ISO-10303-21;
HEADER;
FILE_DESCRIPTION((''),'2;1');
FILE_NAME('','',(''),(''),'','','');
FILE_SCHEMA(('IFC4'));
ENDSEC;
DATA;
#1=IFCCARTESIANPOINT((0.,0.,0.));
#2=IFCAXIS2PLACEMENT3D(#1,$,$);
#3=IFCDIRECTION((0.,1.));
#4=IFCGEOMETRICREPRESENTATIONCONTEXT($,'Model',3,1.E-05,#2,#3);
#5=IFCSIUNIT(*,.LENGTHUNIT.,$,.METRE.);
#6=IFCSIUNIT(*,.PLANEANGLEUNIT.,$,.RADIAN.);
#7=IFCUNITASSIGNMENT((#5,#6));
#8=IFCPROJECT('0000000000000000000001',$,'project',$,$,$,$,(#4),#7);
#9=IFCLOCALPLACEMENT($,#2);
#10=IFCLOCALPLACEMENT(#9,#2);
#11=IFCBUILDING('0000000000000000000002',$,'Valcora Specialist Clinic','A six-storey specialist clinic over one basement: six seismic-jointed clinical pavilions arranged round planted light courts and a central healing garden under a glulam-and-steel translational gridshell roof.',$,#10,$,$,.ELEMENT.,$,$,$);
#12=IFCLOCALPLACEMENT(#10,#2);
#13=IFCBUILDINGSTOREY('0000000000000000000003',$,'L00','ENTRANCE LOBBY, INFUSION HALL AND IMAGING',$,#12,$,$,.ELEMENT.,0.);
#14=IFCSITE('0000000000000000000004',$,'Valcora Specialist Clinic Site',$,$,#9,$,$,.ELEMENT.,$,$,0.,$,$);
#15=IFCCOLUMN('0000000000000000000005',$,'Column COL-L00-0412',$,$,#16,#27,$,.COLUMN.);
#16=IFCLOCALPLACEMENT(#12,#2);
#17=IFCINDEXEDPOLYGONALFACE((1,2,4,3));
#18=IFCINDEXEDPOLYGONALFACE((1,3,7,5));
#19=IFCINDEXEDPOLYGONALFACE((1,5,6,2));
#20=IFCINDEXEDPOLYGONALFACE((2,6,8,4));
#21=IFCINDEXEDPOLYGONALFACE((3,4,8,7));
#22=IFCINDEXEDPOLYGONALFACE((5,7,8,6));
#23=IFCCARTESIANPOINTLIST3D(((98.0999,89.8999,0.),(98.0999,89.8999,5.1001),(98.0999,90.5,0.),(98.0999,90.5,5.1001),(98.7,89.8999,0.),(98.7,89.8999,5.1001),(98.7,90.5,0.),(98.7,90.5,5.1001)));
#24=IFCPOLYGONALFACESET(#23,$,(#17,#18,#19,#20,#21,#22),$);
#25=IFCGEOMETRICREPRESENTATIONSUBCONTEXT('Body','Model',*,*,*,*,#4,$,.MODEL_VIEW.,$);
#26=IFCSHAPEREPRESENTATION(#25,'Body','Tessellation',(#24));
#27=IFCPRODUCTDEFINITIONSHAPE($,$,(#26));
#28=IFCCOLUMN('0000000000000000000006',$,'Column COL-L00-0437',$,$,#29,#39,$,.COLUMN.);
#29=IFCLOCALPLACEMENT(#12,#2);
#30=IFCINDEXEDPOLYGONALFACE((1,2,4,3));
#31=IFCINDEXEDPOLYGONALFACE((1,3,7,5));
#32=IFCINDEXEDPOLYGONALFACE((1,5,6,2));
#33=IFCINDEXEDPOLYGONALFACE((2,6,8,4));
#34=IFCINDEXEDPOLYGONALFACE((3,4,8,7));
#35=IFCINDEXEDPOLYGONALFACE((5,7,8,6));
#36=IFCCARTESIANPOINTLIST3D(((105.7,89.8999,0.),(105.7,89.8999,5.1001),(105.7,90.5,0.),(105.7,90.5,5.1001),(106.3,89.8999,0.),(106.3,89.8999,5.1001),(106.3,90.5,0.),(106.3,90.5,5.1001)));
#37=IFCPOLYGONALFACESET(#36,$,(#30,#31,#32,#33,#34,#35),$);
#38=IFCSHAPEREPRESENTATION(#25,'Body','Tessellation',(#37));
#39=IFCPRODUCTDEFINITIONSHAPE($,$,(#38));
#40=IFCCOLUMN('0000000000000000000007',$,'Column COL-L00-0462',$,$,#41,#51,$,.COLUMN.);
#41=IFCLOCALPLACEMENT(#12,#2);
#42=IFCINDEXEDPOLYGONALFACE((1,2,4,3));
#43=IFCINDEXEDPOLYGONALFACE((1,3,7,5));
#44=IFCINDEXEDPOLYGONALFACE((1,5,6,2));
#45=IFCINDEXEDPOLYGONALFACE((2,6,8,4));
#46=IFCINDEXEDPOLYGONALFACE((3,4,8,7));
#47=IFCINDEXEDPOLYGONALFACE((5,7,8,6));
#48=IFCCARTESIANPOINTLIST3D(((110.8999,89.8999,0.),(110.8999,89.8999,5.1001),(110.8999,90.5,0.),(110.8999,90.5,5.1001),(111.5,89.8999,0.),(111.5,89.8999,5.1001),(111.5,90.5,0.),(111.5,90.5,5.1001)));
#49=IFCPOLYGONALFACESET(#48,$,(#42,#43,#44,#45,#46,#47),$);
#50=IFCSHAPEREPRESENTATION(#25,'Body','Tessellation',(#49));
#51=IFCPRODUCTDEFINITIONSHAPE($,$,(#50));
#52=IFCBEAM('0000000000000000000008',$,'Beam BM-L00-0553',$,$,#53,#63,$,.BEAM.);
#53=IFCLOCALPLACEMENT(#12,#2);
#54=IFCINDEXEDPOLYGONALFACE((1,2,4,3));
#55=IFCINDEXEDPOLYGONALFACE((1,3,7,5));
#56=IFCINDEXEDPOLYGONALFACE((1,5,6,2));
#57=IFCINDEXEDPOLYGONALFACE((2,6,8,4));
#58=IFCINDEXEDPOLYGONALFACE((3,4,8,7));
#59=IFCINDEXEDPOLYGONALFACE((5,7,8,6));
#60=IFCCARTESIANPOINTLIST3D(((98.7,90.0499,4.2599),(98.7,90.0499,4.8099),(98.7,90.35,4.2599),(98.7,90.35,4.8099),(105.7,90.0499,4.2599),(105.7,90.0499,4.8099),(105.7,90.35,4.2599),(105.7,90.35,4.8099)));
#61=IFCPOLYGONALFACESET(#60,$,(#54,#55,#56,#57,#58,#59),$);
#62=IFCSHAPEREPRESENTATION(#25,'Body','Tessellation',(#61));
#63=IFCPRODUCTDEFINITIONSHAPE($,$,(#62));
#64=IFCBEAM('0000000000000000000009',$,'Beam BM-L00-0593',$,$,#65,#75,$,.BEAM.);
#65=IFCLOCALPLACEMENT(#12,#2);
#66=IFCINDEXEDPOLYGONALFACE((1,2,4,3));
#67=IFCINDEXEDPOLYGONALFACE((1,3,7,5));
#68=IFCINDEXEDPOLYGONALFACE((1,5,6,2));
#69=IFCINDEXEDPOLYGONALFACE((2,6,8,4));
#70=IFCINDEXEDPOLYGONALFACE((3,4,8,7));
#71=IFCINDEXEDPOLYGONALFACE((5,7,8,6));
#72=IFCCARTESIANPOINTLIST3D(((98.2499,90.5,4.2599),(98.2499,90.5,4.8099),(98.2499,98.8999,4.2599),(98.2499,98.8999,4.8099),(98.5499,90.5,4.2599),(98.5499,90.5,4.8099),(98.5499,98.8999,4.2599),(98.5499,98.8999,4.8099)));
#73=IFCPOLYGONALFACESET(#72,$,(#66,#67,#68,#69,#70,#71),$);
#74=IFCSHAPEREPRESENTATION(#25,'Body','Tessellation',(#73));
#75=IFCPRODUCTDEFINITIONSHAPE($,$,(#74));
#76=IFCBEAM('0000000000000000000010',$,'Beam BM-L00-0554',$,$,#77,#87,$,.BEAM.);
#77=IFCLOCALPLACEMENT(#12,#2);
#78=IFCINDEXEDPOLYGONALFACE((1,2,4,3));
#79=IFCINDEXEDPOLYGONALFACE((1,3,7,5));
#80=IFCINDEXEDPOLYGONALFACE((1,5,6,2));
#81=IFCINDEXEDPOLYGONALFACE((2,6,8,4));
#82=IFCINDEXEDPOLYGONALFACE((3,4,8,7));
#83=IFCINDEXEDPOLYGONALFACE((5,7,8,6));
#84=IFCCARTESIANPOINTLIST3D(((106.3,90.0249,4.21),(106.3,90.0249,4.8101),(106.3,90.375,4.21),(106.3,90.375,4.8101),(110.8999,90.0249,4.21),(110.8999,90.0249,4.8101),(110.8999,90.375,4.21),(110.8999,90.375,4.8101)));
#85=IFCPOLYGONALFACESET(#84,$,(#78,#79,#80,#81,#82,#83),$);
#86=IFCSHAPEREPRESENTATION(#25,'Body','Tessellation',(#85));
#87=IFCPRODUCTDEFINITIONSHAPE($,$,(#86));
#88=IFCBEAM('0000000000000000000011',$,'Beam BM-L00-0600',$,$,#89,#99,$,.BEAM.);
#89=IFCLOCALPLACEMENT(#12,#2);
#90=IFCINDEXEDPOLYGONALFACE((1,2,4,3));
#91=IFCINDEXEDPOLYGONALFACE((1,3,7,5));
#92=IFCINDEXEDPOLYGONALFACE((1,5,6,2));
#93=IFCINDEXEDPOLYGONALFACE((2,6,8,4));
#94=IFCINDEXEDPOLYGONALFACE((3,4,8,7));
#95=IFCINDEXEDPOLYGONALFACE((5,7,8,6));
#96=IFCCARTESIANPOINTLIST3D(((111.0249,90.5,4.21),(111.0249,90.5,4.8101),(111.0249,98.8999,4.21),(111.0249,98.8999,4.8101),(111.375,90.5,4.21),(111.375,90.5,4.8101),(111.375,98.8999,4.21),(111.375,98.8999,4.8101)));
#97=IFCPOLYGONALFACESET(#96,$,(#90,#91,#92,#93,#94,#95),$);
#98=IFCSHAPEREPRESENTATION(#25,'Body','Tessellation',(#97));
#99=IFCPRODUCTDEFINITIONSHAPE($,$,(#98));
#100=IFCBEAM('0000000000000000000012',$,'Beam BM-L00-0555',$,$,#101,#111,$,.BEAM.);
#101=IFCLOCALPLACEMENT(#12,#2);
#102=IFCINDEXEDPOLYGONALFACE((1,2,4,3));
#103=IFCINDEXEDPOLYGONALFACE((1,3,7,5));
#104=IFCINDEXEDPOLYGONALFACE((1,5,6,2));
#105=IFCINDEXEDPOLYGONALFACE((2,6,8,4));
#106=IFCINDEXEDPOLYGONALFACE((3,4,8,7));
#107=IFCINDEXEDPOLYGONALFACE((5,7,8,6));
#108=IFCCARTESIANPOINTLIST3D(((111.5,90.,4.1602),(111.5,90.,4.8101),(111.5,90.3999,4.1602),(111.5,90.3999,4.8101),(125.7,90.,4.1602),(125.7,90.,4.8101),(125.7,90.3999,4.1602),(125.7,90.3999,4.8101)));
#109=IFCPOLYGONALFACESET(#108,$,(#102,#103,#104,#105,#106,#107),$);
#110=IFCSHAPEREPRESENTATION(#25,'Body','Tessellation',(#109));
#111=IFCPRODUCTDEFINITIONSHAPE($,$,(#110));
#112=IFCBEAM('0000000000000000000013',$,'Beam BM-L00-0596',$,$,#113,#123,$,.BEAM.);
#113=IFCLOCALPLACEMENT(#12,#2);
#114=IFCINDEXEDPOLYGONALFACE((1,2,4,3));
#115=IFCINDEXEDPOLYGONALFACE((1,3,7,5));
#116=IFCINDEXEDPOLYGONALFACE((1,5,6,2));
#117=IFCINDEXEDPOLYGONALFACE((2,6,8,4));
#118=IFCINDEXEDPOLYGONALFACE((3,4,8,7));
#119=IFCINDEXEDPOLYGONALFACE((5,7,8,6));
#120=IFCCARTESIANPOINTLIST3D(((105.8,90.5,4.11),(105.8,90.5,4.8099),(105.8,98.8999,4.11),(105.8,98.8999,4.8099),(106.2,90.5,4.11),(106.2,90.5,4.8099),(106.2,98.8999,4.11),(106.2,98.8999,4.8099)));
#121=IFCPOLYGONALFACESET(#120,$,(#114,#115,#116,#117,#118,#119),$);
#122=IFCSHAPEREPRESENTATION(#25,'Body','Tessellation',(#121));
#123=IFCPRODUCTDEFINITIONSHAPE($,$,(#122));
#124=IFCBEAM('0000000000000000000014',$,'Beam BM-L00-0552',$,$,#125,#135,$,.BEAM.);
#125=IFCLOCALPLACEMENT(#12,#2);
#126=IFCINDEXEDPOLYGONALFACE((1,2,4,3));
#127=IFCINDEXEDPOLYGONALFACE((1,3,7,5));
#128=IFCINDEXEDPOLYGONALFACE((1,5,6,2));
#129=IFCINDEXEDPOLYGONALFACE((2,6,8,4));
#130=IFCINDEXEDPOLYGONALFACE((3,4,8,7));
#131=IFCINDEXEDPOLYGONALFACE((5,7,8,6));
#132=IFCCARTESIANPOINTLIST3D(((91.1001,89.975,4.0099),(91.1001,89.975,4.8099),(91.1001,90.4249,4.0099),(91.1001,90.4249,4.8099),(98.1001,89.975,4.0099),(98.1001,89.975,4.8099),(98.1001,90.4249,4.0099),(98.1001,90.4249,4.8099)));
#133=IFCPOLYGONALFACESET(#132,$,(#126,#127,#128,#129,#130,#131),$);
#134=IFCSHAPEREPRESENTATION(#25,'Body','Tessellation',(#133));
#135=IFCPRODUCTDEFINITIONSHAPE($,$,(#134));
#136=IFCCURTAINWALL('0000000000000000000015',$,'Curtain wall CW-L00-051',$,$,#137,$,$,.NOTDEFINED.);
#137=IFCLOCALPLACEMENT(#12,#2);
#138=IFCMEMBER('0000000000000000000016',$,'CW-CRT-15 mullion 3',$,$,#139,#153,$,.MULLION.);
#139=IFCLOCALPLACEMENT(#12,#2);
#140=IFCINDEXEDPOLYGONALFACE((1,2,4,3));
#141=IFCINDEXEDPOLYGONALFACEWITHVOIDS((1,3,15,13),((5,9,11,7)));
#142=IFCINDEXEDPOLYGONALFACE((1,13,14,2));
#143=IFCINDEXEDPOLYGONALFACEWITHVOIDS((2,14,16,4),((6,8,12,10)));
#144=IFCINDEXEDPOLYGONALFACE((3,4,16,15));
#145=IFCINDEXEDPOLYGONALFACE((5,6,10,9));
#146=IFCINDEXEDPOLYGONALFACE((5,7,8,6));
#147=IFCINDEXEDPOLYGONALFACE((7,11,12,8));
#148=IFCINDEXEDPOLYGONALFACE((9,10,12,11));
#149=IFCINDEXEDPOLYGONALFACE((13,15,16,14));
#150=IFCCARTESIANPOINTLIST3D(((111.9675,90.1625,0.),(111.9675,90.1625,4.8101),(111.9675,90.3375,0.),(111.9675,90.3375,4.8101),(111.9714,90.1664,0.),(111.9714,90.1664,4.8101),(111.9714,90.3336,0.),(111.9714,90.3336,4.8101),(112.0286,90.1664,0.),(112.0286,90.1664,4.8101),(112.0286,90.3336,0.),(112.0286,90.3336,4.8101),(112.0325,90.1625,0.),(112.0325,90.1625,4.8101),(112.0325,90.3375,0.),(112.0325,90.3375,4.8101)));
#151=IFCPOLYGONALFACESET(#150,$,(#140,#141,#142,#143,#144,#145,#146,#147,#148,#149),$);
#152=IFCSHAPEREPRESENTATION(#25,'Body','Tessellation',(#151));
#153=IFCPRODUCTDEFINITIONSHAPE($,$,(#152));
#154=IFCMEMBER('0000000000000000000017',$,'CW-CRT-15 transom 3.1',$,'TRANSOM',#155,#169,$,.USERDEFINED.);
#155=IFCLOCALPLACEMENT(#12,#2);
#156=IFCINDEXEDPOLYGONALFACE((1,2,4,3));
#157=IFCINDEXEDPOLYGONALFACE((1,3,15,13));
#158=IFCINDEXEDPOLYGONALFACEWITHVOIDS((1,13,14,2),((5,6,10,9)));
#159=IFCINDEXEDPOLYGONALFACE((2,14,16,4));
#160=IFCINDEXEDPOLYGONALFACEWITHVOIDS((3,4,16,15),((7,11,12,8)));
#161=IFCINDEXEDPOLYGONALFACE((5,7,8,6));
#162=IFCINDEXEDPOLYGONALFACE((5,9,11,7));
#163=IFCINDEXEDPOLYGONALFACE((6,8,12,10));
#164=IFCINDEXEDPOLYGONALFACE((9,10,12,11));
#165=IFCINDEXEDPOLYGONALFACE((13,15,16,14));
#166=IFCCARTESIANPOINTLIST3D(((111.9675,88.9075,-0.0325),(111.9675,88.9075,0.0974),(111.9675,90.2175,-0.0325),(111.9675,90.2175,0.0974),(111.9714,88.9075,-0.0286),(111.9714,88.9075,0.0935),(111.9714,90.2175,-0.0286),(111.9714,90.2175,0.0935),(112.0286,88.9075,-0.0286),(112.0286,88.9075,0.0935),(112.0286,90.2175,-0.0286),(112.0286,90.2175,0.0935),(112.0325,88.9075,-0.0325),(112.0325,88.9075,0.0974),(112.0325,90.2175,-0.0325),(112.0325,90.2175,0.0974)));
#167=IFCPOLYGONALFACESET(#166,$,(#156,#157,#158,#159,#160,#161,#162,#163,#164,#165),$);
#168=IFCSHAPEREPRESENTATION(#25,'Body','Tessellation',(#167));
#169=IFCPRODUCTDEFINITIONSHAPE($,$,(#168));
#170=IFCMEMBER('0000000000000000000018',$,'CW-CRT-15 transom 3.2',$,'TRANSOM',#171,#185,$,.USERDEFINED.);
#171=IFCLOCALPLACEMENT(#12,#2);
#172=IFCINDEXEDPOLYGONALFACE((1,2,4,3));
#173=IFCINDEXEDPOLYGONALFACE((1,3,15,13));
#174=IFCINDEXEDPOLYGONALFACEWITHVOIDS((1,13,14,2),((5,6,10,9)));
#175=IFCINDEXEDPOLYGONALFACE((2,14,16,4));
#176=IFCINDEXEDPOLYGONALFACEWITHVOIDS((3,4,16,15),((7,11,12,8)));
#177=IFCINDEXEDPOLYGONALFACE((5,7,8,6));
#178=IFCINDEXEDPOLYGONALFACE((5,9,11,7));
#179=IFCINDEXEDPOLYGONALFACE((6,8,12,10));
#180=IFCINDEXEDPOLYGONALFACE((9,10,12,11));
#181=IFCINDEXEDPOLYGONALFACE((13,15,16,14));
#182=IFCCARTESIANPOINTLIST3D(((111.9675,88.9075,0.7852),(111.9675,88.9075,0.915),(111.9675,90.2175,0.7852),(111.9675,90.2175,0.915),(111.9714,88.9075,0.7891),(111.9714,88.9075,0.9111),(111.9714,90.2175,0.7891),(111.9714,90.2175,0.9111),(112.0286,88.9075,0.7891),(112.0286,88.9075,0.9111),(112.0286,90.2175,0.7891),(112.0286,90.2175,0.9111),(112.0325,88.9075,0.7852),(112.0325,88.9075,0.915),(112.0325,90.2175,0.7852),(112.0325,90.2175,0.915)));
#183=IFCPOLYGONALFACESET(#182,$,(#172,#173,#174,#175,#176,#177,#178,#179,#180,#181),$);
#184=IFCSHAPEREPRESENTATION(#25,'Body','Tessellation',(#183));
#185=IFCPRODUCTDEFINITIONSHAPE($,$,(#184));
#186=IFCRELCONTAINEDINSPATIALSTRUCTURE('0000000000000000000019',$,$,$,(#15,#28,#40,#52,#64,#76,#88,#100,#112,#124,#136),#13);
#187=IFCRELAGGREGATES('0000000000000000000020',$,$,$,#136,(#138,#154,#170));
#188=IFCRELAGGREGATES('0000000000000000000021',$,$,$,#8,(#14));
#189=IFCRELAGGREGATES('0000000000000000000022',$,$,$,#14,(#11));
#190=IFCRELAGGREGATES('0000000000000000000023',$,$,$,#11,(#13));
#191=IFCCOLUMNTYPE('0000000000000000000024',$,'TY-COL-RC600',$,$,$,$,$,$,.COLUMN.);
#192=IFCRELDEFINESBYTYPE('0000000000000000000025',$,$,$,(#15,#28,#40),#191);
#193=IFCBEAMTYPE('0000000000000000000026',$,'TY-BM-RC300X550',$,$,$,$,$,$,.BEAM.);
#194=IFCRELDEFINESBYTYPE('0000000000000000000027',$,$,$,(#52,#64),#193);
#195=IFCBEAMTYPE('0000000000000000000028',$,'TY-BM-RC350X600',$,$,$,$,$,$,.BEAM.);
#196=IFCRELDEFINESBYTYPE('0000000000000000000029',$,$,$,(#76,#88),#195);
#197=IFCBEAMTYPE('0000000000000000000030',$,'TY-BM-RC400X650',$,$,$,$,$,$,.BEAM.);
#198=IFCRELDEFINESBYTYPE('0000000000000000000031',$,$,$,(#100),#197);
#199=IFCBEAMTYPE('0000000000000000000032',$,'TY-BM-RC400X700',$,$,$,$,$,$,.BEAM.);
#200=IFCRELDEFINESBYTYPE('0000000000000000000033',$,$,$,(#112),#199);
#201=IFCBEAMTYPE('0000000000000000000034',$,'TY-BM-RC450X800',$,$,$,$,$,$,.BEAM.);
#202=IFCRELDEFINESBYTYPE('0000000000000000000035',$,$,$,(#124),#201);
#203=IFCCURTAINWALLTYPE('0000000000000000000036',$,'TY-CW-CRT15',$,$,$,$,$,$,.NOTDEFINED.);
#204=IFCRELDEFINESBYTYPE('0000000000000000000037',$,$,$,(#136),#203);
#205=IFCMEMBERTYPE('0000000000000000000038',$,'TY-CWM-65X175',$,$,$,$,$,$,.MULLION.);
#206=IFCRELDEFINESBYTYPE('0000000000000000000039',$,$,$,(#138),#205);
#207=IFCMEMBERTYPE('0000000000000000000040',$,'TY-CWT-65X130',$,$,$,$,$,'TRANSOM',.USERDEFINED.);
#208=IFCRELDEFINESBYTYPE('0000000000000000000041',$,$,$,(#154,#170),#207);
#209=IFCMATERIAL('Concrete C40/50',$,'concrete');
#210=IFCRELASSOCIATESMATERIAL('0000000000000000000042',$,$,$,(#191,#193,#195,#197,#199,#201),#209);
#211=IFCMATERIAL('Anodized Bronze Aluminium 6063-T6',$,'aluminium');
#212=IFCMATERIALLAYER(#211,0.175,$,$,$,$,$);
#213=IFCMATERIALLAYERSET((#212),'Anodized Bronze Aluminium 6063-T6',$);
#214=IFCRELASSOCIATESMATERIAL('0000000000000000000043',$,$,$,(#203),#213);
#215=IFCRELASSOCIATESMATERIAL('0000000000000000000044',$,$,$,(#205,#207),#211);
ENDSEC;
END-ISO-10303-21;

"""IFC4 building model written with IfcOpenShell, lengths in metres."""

from ifc_helpers import new_model, si_unit, direction, frame, origin, origin_2d, place, context, subcontext, project, spatial, rectangle, hollow_rectangle, extrude, material, layer, layer_set, material_profile, profile_set, type_object, element, aggregate, save


model = new_model("IFC4")

# Units and contexts
model_context = context("Model", 3, precision=1e-05, world=origin(), true_north=direction((0.0, 1.0)))
body_context = subcontext(model_context, "Body", "Model", "MODEL_VIEW")
ifc_project = project(units=[si_unit("LENGTHUNIT", "METRE"), si_unit("PLANEANGLEUNIT", "RADIAN")], contexts=[model_context])

# Site, building, storey
site_placement = place(None, origin())
site = spatial("IfcSite", under=ifc_project, at=site_placement, Name="Valcora Specialist Clinic Site", CompositionType="ELEMENT", RefElevation=0.0)
building_placement = place(site_placement, origin())
building = spatial("IfcBuilding", under=site, at=building_placement, Name="Valcora Specialist Clinic", Description="A six-storey specialist clinic over one basement: six seismic-jointed clinical pavilions arranged round planted light courts and a central healing garden under a glulam-and-steel translational gridshell roof.", CompositionType="ELEMENT")
storey_placement = place(building_placement, origin())
storey = spatial("IfcBuildingStorey", under=building, at=storey_placement, Name="L00", Description="ENTRANCE LOBBY, INFUSION HALL AND IMAGING", CompositionType="ELEMENT", Elevation=0.0)

# Columns
ifc_material_1 = material(Name="Concrete C40/50", Category="concrete")
ifc_material_profile_1 = material_profile(ifc_material_1, rectangle(XDim=0.6001, YDim=0.6001, at=origin_2d()), Name="RC-COL-600X600")
ifc_profile_set_1 = profile_set([ifc_material_profile_1], Name="Concrete C40/50")
column_type = type_object("IfcColumnType", Name="TY-COL-RC600", PredefinedType="COLUMN", material=ifc_profile_set_1)
for number, where, z_axis, x_axis, name in (
    (1, (98.3999, 90.2, 0.0), (0.0, 0.0, 1.0), (1.0, 0.0, 0.0), "Column COL-L00-0412"),
    (2, (106.0, 90.2, 0.0), (0.0, 0.0, 1.0), (1.0, 0.0, 0.0), "Column COL-L00-0437"),
    (3, (111.2, 90.2, 0.0), (0.0, 0.0, 1.0), (1.0, 0.0, 0.0), "Column COL-L00-0462"),
):
    element("IfcColumn", number, at=place(storey_placement, frame(where, z_axis=z_axis, x_axis=x_axis)), inside=storey, type_object=column_type, Name=name, PredefinedType="COLUMN", context=body_context, shape_type="SweptSolid", body=[
        extrude(rectangle(XDim=0.6001, YDim=0.6001, at=origin_2d()), origin(), (0.0, 0.0, 1.0), 5.1001),
    ])

# Beams
ifc_material_profile_2 = material_profile(ifc_material_1, rectangle(XDim=0.3, YDim=0.55, at=origin_2d()), Name="RC-BM-300X550")
ifc_profile_set_2 = profile_set([ifc_material_profile_2], Name="Concrete C40/50")
beam_type_1 = type_object("IfcBeamType", Name="TY-BM-RC300X550", PredefinedType="BEAM", material=ifc_profile_set_2)
beam_1_placement = place(storey_placement, frame((98.7, 90.2, 4.5349), z_axis=(1.0, 0.0, 0.0), x_axis=(0.0, 1.0, 0.0)))
element("IfcBeam", 4, at=beam_1_placement, inside=storey, type_object=beam_type_1, Name="Beam BM-L00-0553", PredefinedType="BEAM", context=body_context, shape_type="SweptSolid", body=[
    extrude(rectangle(XDim=0.3, YDim=0.55, at=origin_2d()), origin(), (0.0, 0.0, 1.0), 7.0),
])
beam_2_placement = place(storey_placement, frame((98.3999, 90.5, 4.5349), z_axis=(0.0, 1.0, 0.0), x_axis=(-1.0, 0.0, 0.0)))
element("IfcBeam", 5, at=beam_2_placement, inside=storey, type_object=beam_type_1, Name="Beam BM-L00-0593", PredefinedType="BEAM", context=body_context, shape_type="SweptSolid", body=[
    extrude(rectangle(XDim=0.3, YDim=0.55, at=origin_2d()), origin(), (0.0, 0.0, 1.0), 8.3999),
])
ifc_material_profile_3 = material_profile(ifc_material_1, rectangle(XDim=0.3501, YDim=0.6001, at=origin_2d()), Name="RC-BM-350X600")
ifc_profile_set_3 = profile_set([ifc_material_profile_3], Name="Concrete C40/50")
beam_type_2 = type_object("IfcBeamType", Name="TY-BM-RC350X600", PredefinedType="BEAM", material=ifc_profile_set_3)
beam_3_placement = place(storey_placement, frame((106.3, 90.2, 4.51), z_axis=(1.0, 0.0, 0.0), x_axis=(0.0, 1.0, 0.0)))
element("IfcBeam", 6, at=beam_3_placement, inside=storey, type_object=beam_type_2, Name="Beam BM-L00-0554", PredefinedType="BEAM", context=body_context, shape_type="SweptSolid", body=[
    extrude(rectangle(XDim=0.3501, YDim=0.6001, at=origin_2d()), origin(), (0.0, 0.0, 1.0), 4.5999),
])
beam_4_placement = place(storey_placement, frame((111.2, 90.5, 4.51), z_axis=(0.0, 1.0, 0.0), x_axis=(-1.0, 0.0, 0.0)))
element("IfcBeam", 7, at=beam_4_placement, inside=storey, type_object=beam_type_2, Name="Beam BM-L00-0600", PredefinedType="BEAM", context=body_context, shape_type="SweptSolid", body=[
    extrude(rectangle(XDim=0.3501, YDim=0.6001, at=origin_2d()), origin(), (0.0, 0.0, 1.0), 8.3999),
])
ifc_material_profile_4 = material_profile(ifc_material_1, rectangle(XDim=0.3999, YDim=0.6499, at=origin_2d()), Name="RC-BM-400X650")
ifc_profile_set_4 = profile_set([ifc_material_profile_4], Name="Concrete C40/50")
beam_type_3 = type_object("IfcBeamType", Name="TY-BM-RC400X650", PredefinedType="BEAM", material=ifc_profile_set_4)
beam_5_placement = place(storey_placement, frame((111.5, 90.2, 4.4851), z_axis=(1.0, 0.0, 0.0), x_axis=(0.0, 1.0, 0.0)))
element("IfcBeam", 8, at=beam_5_placement, inside=storey, type_object=beam_type_3, Name="Beam BM-L00-0555", PredefinedType="BEAM", context=body_context, shape_type="SweptSolid", body=[
    extrude(rectangle(XDim=0.3999, YDim=0.6499, at=origin_2d()), origin(), (0.0, 0.0, 1.0), 14.2),
])
ifc_material_profile_5 = material_profile(ifc_material_1, rectangle(XDim=0.3999, YDim=0.7, at=origin_2d()), Name="RC-BM-400X700")
ifc_profile_set_5 = profile_set([ifc_material_profile_5], Name="Concrete C40/50")
beam_type_4 = type_object("IfcBeamType", Name="TY-BM-RC400X700", PredefinedType="BEAM", material=ifc_profile_set_5)
beam_6_placement = place(storey_placement, frame((106.0, 90.5, 4.46), z_axis=(0.0, 1.0, 0.0), x_axis=(-1.0, 0.0, 0.0)))
element("IfcBeam", 9, at=beam_6_placement, inside=storey, type_object=beam_type_4, Name="Beam BM-L00-0596", PredefinedType="BEAM", context=body_context, shape_type="SweptSolid", body=[
    extrude(rectangle(XDim=0.3999, YDim=0.7, at=origin_2d()), origin(), (0.0, 0.0, 1.0), 8.3999),
])
ifc_material_profile_6 = material_profile(ifc_material_1, rectangle(XDim=0.45, YDim=0.8, at=origin_2d()), Name="RC-BM-450X800")
ifc_profile_set_6 = profile_set([ifc_material_profile_6], Name="Concrete C40/50")
beam_type_5 = type_object("IfcBeamType", Name="TY-BM-RC450X800", PredefinedType="BEAM", material=ifc_profile_set_6)
beam_7_placement = place(storey_placement, frame((91.1001, 90.2, 4.4099), z_axis=(1.0, 0.0, 0.0), x_axis=(0.0, 1.0, 0.0)))
element("IfcBeam", 10, at=beam_7_placement, inside=storey, type_object=beam_type_5, Name="Beam BM-L00-0552", PredefinedType="BEAM", context=body_context, shape_type="SweptSolid", body=[
    extrude(rectangle(XDim=0.45, YDim=0.8, at=origin_2d()), origin(), (0.0, 0.0, 1.0), 7.0),
])

# Curtain wall, members
ifc_material_2 = material(Name="Anodized Bronze Aluminium 6063-T6", Category="aluminium")
ifc_layer_1 = layer(ifc_material_2, 0.175)
ifc_layer_set_1 = layer_set([ifc_layer_1], Name="Anodized Bronze Aluminium 6063-T6")
curtain_wall_type = type_object("IfcCurtainWallType", Name="TY-CW-CRT15", PredefinedType="NOTDEFINED", material=ifc_layer_set_1)
curtain_wall_placement = place(storey_placement, origin())
curtain_wall = element("IfcCurtainWall", 11, at=curtain_wall_placement, inside=storey, type_object=curtain_wall_type, Name="Curtain wall CW-L00-051", PredefinedType="NOTDEFINED")
ifc_material_profile_7 = material_profile(ifc_material_2, hollow_rectangle(XDim=0.0649, YDim=0.175, WallThickness=0.0039, at=origin_2d()), Name="AL-MUL-65X175")
ifc_profile_set_7 = profile_set([ifc_material_profile_7], Name="Anodized Bronze Aluminium 6063-T6")
member_type_1 = type_object("IfcMemberType", Name="TY-CWM-65X175", PredefinedType="MULLION", material=ifc_profile_set_7)
member_1_placement = place(storey_placement, frame((112.0, 90.25, 0.0), z_axis=(0.0, 0.0, 1.0), x_axis=(1.0, 0.0, 0.0)))
member_1 = element("IfcMember", 12, at=member_1_placement, type_object=member_type_1, Name="CW-CRT-15 mullion 3", PredefinedType="MULLION", context=body_context, shape_type="SweptSolid", body=[
    extrude(hollow_rectangle(XDim=0.0649, YDim=0.175, WallThickness=0.0039, at=origin_2d()), origin(), (0.0, 0.0, 1.0), 4.8101),
])
ifc_material_profile_8 = material_profile(ifc_material_2, hollow_rectangle(XDim=0.0649, YDim=0.1299, WallThickness=0.0039, at=origin_2d()), Name="AL-TRN-65X130")
ifc_profile_set_8 = profile_set([ifc_material_profile_8], Name="Anodized Bronze Aluminium 6063-T6")
member_type_2 = type_object("IfcMemberType", Name="TY-CWT-65X130", ElementType="TRANSOM", PredefinedType="USERDEFINED", material=ifc_profile_set_8)
member_2_placement = place(storey_placement, frame((112.0, 90.2175, 0.0325), z_axis=(0.0, -1.0, 0.0), x_axis=(1.0, 0.0, 0.0)))
member_2 = element("IfcMember", 13, at=member_2_placement, type_object=member_type_2, Name="CW-CRT-15 transom 3.1", ObjectType="TRANSOM", PredefinedType="USERDEFINED", context=body_context, shape_type="SweptSolid", body=[
    extrude(hollow_rectangle(XDim=0.0649, YDim=0.1299, WallThickness=0.0039, at=origin_2d()), origin(), (0.0, 0.0, 1.0), 1.3101),
])
member_3_placement = place(storey_placement, frame((112.0, 90.2175, 0.8501), z_axis=(0.0, -1.0, 0.0), x_axis=(1.0, 0.0, 0.0)))
member_3 = element("IfcMember", 14, at=member_3_placement, type_object=member_type_2, Name="CW-CRT-15 transom 3.2", ObjectType="TRANSOM", PredefinedType="USERDEFINED", context=body_context, shape_type="SweptSolid", body=[
    extrude(hollow_rectangle(XDim=0.0649, YDim=0.1299, WallThickness=0.0039, at=origin_2d()), origin(), (0.0, 0.0, 1.0), 1.3101),
])
aggregate(curtain_wall, [member_1, member_2, member_3])

save(model, "model.ifc")
